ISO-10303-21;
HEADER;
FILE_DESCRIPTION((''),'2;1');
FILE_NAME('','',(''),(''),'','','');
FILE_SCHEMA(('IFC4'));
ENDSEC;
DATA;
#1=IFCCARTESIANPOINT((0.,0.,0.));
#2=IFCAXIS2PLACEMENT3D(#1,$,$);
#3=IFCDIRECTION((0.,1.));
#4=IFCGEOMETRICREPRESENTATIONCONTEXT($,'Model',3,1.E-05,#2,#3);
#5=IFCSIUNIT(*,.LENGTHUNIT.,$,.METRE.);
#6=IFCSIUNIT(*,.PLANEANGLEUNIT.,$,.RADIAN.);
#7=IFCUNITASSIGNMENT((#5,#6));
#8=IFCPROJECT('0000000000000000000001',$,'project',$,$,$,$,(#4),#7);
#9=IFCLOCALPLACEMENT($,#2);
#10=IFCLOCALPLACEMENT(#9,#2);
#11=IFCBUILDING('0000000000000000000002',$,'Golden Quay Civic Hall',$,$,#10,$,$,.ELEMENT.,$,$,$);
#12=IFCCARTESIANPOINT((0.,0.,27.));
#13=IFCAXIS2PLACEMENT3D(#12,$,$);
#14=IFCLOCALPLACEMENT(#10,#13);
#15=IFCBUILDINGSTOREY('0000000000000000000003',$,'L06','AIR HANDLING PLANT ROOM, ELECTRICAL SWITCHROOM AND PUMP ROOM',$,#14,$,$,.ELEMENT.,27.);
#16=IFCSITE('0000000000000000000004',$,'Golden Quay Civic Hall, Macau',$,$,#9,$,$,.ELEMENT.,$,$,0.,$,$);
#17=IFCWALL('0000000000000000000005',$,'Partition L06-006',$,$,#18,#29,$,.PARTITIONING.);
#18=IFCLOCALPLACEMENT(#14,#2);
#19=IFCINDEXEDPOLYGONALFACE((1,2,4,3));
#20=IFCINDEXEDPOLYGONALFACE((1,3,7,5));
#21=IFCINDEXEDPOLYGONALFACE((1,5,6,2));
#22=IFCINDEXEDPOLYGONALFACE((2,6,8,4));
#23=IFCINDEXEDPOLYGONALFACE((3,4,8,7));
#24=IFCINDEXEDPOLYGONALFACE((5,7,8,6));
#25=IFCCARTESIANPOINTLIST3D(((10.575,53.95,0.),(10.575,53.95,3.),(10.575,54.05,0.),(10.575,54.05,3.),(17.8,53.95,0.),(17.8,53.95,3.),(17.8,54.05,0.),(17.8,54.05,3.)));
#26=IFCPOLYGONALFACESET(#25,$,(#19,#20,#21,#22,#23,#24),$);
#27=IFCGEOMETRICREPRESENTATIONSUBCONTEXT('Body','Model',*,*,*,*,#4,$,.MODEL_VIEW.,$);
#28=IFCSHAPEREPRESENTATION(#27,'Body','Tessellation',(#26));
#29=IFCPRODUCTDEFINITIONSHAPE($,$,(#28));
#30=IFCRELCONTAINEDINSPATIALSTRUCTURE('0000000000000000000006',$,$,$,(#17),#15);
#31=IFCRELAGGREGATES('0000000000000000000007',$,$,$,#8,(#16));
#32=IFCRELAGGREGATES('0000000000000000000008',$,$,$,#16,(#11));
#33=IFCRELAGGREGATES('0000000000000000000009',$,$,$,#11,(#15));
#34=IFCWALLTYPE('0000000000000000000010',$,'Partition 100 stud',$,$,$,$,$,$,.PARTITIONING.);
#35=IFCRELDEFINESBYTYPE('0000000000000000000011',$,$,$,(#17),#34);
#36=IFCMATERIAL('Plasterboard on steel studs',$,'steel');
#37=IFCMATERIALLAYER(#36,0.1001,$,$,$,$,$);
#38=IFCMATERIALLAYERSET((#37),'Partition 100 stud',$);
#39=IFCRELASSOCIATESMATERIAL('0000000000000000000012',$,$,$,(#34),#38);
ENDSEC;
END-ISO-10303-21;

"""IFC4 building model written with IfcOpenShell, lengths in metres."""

from ifc_helpers import new_model, si_unit, direction, frame, frame_2d, origin, place, context, subcontext, project, spatial, rectangle, extrude, material, layer, layer_set, type_object, element, save


model = new_model("IFC4")

# Units and contexts
model_context = context("Model", 3, precision=1e-05, world=origin(), true_north=direction((0.0, 1.0)))
body_context = subcontext(model_context, "Body", "Model", "MODEL_VIEW")
ifc_project = project(units=[si_unit("LENGTHUNIT", "METRE"), si_unit("PLANEANGLEUNIT", "RADIAN")], contexts=[model_context])

# Site, building, storey
site_placement = place(None, origin())
site = spatial("IfcSite", under=ifc_project, at=site_placement, Name="Golden Quay Civic Hall, Macau", CompositionType="ELEMENT", RefElevation=0.0)
building_placement = place(site_placement, origin())
building = spatial("IfcBuilding", under=site, at=building_placement, Name="Golden Quay Civic Hall", CompositionType="ELEMENT")
storey_placement = place(building_placement, frame((0.0, 0.0, 27.0)))
storey = spatial("IfcBuildingStorey", under=building, at=storey_placement, Name="L06", Description="AIR HANDLING PLANT ROOM, ELECTRICAL SWITCHROOM AND PUMP ROOM", CompositionType="ELEMENT", Elevation=27.0)

# Wall
ifc_material_1 = material(Name="Plasterboard on steel studs", Category="steel")
ifc_layer_1 = layer(ifc_material_1, 0.1001)
ifc_layer_set_1 = layer_set([ifc_layer_1], Name="Partition 100 stud")
wall_type_1 = type_object("IfcWallType", Name="Partition 100 stud", PredefinedType="PARTITIONING", material=ifc_layer_set_1)
wall_1_placement = place(storey_placement, frame((10.575, 54.0, 0.0), z_axis=(0.0, 0.0, 1.0), x_axis=(1.0, 0.0, 0.0)))
element("IfcWall", 1, at=wall_1_placement, inside=storey, type_object=wall_type_1, Name="Partition L06-006", PredefinedType="PARTITIONING", context=body_context, shape_type="SweptSolid", body=[
    extrude(rectangle(XDim=7.2251, YDim=0.1001, at=frame_2d((3.6125, 0.0))), origin(), (0.0, 0.0, 1.0), 3.0),
])

save(model, "model.ifc")
